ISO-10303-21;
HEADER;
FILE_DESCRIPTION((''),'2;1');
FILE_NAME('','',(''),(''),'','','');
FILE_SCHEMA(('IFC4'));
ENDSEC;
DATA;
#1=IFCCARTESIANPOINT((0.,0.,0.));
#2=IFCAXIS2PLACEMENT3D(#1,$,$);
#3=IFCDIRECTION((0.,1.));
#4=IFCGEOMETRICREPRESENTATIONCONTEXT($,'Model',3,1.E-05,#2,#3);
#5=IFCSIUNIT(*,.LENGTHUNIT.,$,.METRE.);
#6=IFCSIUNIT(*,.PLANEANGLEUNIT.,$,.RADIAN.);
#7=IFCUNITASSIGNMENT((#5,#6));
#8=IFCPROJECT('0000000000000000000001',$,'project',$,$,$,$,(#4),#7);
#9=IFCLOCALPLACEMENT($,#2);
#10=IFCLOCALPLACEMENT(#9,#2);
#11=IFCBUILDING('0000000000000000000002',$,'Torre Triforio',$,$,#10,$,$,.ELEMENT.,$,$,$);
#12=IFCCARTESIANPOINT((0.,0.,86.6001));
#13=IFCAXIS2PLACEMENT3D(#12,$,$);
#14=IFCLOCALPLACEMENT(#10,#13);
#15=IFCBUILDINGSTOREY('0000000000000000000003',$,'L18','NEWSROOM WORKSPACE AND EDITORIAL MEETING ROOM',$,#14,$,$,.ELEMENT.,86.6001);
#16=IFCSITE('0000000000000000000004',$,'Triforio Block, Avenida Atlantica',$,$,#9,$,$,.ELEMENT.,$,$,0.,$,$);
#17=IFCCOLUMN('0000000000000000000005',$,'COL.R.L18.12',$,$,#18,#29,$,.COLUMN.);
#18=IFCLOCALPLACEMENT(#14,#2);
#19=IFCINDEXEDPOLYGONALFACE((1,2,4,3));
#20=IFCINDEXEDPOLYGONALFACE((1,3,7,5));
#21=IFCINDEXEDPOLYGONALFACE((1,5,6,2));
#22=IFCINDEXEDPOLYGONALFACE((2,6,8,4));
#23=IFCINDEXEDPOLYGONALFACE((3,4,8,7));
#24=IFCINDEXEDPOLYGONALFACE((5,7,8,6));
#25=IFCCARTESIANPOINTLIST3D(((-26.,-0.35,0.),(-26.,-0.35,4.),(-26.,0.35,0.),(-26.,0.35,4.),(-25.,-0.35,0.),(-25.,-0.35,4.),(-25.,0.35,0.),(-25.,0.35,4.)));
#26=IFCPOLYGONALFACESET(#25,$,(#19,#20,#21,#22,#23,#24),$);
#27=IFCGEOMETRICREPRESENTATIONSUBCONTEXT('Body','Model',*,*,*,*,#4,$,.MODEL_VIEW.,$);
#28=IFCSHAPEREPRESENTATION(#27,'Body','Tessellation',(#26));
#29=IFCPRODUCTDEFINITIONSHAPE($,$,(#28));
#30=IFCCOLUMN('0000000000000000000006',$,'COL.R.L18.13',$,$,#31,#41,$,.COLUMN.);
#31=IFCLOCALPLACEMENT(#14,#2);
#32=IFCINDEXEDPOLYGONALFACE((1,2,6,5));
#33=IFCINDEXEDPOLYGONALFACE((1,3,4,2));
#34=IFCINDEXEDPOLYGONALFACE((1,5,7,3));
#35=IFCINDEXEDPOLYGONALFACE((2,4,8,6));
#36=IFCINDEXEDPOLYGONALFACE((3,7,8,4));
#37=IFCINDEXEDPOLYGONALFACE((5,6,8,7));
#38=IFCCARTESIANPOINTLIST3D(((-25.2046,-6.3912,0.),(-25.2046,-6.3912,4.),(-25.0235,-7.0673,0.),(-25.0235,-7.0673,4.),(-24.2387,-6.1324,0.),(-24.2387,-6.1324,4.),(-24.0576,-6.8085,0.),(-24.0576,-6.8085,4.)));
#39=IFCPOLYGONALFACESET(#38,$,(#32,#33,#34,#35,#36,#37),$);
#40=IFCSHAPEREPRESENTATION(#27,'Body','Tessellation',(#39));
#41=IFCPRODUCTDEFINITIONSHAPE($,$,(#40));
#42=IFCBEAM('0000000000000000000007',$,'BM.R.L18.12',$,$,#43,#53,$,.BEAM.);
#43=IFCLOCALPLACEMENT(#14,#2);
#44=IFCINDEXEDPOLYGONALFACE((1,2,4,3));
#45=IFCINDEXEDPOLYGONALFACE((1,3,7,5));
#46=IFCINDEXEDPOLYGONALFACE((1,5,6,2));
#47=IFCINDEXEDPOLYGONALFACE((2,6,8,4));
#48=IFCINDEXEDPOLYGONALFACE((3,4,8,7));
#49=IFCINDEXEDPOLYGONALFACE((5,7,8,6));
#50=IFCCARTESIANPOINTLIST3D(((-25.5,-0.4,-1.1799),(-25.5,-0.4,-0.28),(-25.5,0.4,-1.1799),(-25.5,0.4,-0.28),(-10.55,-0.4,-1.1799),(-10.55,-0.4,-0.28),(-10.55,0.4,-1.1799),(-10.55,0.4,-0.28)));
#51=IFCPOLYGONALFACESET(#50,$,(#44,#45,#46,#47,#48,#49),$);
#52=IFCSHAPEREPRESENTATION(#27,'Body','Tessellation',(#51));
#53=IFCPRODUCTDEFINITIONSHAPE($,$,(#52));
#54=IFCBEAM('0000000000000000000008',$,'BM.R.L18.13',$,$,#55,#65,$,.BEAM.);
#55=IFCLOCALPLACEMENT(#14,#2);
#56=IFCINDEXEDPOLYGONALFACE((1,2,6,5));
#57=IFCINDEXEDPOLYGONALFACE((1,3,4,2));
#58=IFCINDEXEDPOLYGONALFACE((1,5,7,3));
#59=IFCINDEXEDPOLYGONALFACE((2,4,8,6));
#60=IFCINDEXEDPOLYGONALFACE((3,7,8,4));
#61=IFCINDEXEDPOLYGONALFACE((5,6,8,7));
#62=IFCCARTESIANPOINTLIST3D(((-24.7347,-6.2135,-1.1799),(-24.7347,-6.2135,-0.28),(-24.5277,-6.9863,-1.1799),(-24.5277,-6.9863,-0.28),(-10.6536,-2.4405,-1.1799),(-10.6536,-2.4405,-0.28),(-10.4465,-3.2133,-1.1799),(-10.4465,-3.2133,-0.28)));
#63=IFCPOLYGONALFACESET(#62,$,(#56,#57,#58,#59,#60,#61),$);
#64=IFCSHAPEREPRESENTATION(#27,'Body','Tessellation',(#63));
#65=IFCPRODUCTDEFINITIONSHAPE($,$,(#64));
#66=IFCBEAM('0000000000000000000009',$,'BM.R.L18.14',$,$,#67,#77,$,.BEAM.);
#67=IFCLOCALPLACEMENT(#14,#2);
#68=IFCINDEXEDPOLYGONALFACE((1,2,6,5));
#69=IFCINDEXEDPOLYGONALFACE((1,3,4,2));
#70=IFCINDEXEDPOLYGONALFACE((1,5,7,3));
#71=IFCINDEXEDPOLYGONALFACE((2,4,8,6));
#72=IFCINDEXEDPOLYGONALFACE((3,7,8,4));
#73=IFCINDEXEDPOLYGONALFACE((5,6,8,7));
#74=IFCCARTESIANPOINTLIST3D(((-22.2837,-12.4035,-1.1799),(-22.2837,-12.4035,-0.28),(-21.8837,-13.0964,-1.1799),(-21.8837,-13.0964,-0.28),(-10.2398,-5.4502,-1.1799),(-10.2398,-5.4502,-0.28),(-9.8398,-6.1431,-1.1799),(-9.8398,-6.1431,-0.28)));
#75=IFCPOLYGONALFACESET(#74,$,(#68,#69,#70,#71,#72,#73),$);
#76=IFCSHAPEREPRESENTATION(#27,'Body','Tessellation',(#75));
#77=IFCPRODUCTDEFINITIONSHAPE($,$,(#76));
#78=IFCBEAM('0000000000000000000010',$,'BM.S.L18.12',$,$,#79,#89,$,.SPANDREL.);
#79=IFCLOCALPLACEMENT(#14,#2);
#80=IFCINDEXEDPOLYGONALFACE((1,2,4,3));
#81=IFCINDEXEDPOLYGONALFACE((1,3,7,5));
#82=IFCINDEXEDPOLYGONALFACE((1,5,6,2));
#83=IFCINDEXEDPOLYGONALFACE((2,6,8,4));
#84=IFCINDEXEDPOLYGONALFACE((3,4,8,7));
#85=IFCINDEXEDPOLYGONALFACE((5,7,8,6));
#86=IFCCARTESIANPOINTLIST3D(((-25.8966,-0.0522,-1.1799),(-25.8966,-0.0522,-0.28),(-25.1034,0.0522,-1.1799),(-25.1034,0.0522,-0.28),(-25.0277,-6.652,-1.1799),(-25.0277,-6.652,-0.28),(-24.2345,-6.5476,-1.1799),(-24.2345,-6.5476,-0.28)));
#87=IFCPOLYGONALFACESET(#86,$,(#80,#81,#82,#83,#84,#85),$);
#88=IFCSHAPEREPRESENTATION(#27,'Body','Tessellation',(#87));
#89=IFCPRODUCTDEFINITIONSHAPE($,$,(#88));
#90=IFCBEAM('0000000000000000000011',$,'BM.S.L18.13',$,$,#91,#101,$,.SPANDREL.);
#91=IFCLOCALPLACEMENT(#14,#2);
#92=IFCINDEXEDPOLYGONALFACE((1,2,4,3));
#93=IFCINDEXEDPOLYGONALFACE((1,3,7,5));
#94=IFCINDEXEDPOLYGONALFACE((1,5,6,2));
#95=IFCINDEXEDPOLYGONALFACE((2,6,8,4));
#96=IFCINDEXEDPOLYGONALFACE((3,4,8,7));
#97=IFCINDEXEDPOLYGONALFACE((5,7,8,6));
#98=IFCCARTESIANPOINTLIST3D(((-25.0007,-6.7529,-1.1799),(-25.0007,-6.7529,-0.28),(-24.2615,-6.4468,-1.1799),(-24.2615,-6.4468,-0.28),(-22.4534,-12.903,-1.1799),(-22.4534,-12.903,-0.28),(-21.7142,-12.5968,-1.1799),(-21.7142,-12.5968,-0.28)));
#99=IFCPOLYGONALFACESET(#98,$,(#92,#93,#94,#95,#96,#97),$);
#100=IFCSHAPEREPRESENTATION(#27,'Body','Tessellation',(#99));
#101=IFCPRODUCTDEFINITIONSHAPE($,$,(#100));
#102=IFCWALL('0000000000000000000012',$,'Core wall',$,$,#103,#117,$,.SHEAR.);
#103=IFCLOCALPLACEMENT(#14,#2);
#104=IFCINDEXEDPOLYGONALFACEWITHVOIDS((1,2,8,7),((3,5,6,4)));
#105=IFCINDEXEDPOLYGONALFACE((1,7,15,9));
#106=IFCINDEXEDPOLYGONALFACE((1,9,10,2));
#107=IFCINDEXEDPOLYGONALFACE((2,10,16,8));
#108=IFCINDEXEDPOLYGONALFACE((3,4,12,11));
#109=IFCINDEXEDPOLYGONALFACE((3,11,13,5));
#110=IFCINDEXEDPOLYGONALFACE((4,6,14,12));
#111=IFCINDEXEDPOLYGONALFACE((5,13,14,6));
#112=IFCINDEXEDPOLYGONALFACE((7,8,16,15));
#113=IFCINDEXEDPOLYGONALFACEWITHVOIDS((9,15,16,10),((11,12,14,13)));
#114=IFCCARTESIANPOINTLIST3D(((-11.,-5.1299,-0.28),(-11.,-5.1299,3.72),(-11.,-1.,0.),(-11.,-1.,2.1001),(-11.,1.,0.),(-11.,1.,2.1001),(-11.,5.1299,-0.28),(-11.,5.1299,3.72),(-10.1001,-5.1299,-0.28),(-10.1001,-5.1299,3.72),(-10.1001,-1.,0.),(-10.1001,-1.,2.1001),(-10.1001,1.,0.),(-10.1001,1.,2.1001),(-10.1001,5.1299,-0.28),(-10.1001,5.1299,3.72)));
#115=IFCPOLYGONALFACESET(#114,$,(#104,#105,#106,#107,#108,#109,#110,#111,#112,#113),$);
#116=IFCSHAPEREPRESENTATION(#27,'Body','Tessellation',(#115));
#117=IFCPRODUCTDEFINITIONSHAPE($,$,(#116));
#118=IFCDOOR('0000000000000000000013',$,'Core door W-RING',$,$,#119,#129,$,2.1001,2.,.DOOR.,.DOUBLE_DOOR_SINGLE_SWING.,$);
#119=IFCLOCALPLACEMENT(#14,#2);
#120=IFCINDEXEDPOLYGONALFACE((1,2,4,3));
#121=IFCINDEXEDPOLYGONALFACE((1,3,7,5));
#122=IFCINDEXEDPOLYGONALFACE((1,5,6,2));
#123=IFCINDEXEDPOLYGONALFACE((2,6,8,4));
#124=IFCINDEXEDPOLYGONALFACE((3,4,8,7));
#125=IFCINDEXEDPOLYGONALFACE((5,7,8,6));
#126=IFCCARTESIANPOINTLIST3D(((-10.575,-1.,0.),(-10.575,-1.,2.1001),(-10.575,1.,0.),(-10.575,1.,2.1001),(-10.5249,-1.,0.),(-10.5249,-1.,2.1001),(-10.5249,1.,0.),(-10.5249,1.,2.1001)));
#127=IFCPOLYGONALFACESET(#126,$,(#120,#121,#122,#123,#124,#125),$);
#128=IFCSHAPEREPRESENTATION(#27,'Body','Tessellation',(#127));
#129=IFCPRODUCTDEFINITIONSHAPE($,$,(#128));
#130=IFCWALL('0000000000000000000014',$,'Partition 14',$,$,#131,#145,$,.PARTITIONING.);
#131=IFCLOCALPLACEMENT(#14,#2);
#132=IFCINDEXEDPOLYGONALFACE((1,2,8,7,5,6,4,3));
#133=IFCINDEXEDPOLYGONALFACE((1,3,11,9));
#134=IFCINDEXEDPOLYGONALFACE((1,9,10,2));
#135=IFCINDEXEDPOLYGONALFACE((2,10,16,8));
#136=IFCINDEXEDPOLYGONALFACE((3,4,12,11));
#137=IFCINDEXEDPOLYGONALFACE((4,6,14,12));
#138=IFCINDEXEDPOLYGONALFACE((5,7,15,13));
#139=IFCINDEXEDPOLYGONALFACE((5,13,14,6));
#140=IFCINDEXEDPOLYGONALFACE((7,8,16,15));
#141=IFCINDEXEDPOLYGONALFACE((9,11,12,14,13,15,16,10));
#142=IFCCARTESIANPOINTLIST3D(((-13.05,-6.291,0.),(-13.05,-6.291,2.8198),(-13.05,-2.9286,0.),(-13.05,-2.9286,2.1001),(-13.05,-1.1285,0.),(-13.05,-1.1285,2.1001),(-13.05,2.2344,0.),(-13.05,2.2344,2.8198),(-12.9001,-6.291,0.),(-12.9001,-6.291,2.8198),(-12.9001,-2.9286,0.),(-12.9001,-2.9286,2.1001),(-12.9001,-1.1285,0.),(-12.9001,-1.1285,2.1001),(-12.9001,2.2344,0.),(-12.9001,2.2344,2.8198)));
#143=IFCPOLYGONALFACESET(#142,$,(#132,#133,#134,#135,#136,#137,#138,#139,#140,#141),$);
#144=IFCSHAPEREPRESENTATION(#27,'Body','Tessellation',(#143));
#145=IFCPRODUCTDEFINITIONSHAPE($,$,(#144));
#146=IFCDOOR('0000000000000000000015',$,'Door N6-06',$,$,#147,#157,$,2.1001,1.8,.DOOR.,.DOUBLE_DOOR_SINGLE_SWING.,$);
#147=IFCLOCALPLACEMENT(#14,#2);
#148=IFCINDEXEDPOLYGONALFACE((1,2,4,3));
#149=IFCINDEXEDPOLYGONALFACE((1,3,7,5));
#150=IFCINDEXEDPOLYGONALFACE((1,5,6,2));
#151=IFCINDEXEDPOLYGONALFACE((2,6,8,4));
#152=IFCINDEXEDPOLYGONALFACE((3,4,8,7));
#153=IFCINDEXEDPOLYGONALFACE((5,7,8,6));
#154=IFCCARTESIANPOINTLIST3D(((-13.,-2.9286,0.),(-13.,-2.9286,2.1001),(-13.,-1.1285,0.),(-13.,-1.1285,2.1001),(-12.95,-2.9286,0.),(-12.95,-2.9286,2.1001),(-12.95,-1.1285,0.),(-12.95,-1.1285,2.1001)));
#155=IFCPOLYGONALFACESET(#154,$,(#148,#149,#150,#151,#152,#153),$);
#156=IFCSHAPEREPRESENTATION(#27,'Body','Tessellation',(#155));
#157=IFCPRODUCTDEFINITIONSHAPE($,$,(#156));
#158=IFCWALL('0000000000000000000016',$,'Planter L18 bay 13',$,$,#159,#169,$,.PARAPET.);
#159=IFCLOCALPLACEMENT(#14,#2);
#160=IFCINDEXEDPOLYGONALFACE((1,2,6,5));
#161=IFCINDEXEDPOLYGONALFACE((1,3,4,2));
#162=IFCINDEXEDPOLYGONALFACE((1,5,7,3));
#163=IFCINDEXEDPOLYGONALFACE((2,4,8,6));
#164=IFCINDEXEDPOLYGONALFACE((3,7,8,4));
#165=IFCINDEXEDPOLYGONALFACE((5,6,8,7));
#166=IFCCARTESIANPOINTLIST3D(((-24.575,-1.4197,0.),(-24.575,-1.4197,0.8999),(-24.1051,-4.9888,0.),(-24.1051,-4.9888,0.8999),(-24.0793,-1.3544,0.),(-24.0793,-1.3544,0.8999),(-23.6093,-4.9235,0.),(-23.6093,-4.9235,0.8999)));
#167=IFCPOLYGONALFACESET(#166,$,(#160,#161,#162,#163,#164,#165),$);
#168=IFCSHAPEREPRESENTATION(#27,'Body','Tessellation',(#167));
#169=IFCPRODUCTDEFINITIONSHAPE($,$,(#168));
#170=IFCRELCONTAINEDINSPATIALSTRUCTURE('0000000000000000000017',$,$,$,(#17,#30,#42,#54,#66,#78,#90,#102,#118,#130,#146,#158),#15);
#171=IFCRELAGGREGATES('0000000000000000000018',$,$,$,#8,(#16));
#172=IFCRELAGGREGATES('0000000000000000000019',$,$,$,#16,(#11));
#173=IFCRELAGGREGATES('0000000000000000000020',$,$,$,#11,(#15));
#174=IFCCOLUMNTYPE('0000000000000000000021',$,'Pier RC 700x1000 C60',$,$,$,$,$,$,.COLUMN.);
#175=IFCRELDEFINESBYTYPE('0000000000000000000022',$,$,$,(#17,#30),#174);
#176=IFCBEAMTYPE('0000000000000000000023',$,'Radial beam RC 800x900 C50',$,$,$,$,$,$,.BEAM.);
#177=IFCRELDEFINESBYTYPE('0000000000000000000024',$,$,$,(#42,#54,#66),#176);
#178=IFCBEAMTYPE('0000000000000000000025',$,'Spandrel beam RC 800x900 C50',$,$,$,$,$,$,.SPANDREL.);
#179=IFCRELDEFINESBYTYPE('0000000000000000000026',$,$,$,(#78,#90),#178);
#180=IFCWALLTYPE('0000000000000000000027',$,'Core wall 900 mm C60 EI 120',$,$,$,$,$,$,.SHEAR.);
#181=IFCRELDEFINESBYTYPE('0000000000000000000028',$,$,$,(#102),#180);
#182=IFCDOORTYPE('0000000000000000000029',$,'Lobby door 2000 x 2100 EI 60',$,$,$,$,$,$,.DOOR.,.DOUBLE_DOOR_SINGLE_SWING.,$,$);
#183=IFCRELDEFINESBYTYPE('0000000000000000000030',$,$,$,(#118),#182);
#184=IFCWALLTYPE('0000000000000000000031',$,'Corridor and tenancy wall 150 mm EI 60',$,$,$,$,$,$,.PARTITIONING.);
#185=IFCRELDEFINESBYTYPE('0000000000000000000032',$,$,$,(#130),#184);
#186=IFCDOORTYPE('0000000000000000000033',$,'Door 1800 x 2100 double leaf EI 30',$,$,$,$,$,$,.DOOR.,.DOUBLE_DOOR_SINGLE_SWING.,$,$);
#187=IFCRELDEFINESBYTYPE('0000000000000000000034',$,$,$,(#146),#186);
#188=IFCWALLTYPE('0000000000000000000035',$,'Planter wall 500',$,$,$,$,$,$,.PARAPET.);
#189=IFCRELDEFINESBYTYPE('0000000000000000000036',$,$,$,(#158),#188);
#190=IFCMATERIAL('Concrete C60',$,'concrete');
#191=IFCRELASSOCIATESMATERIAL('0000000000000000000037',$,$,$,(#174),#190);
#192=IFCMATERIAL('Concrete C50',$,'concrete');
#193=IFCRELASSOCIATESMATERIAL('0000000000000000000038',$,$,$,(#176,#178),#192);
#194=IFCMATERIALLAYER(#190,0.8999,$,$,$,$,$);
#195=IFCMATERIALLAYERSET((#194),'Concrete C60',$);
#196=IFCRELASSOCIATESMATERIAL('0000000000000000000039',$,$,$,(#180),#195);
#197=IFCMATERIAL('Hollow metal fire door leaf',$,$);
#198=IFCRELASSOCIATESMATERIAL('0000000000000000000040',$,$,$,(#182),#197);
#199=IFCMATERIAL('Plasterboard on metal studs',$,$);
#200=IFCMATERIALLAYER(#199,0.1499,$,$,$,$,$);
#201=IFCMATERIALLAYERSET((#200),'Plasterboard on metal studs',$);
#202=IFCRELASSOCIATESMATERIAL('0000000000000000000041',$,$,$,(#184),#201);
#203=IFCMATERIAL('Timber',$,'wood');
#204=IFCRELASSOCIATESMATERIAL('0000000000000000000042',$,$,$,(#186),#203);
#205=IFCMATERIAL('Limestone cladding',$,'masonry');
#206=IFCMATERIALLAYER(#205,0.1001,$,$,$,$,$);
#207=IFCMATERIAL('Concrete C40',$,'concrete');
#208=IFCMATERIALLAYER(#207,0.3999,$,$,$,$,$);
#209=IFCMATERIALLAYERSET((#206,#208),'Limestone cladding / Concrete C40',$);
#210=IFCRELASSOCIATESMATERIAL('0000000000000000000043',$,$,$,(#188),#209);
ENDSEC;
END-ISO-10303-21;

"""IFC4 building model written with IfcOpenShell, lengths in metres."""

from ifc_helpers import new_model, si_unit, direction, frame, frame_2d, origin, origin_2d, place, context, subcontext, project, spatial, rectangle, extrude, material, layer, layer_set, material_profile, profile_set, type_object, element, fill, save


model = new_model("IFC4")

# Units and contexts
model_context = context("Model", 3, precision=1e-05, world=origin(), true_north=direction((0.0, 1.0)))
body_context = subcontext(model_context, "Body", "Model", "MODEL_VIEW")
ifc_project = project(units=[si_unit("LENGTHUNIT", "METRE"), si_unit("PLANEANGLEUNIT", "RADIAN")], contexts=[model_context])

# Site, building, storey
site_placement = place(None, origin())
site = spatial("IfcSite", under=ifc_project, at=site_placement, Name="Triforio Block, Avenida Atlantica", CompositionType="ELEMENT", RefElevation=0.0)
building_placement = place(site_placement, origin())
building = spatial("IfcBuilding", under=site, at=building_placement, Name="Torre Triforio", CompositionType="ELEMENT")
storey_placement = place(building_placement, frame((0.0, 0.0, 86.6001)))
storey = spatial("IfcBuildingStorey", under=building, at=storey_placement, Name="L18", Description="NEWSROOM WORKSPACE AND EDITORIAL MEETING ROOM", CompositionType="ELEMENT", Elevation=86.6001)

# Columns
ifc_material_1 = material(Name="Concrete C60", Category="concrete")
ifc_material_profile_1 = material_profile(ifc_material_1, rectangle(XDim=0.7, YDim=1.0, at=origin_2d()), Name="RC 700x1000")
ifc_profile_set_1 = profile_set([ifc_material_profile_1], Name="Concrete C60")
column_type = type_object("IfcColumnType", Name="Pier RC 700x1000 C60", PredefinedType="COLUMN", material=ifc_profile_set_1)
for number, where, z_axis, x_axis, name in (
    (1, (-25.5, 0.0, 0.0), (0.0, 0.0, 1.0), (0.0, -1.0, 0.0), "COL.R.L18.12"),
    (2, (-24.6311, -6.5999, 0.0), (0.0, 0.0, 1.0), (0.258819, -0.965926, 0.0), "COL.R.L18.13"),
):
    element("IfcColumn", number, at=place(storey_placement, frame(where, z_axis=z_axis, x_axis=x_axis)), inside=storey, type_object=column_type, Name=name, PredefinedType="COLUMN", context=body_context, shape_type="SweptSolid", body=[
        extrude(rectangle(XDim=0.7, YDim=1.0, at=origin_2d()), origin(), (0.0, 0.0, 1.0), 4.0),
    ])

# Beams
ifc_material_2 = material(Name="Concrete C50", Category="concrete")
ifc_material_profile_2 = material_profile(ifc_material_2, rectangle(XDim=0.8, YDim=0.8999, at=origin_2d()), Name="RC 800x900")
ifc_profile_set_2 = profile_set([ifc_material_profile_2], Name="Concrete C50")
beam_type_1 = type_object("IfcBeamType", Name="Radial beam RC 800x900 C50", PredefinedType="BEAM", material=ifc_profile_set_2)
beam_1_placement = place(storey_placement, frame((-10.55, 0.0, -0.73), z_axis=(-1.0, 0.0, 0.0), x_axis=(0.0, -1.0, 0.0)))
element("IfcBeam", 3, at=beam_1_placement, inside=storey, type_object=beam_type_1, Name="BM.R.L18.12", PredefinedType="BEAM", context=body_context, shape_type="SweptSolid", body=[
    extrude(rectangle(XDim=0.8, YDim=0.8999, at=origin_2d()), origin(), (0.0, 0.0, 1.0), 14.95),
])
beam_2_placement = place(storey_placement, frame((-10.55, -2.8269, -0.73), z_axis=(-0.965927, -0.258815, 0.0), x_axis=(0.258815, -0.965927, 0.0)))
element("IfcBeam", 4, at=beam_2_placement, inside=storey, type_object=beam_type_1, Name="BM.R.L18.13", PredefinedType="BEAM", context=body_context, shape_type="SweptSolid", body=[
    extrude(rectangle(XDim=0.8, YDim=0.8999, at=origin_2d()), origin(), (0.0, 0.0, 1.0), 14.5779),
])
beam_3_placement = place(storey_placement, frame((-10.0398, -5.7966, -0.73), z_axis=(-0.866032, -0.499989, 0.0), x_axis=(0.499989, -0.866032, 0.0)))
element("IfcBeam", 5, at=beam_3_placement, inside=storey, type_object=beam_type_1, Name="BM.R.L18.14", PredefinedType="BEAM", context=body_context, shape_type="SweptSolid", body=[
    extrude(rectangle(XDim=0.8, YDim=0.8999, at=origin_2d()), origin(), (0.0, 0.0, 1.0), 13.907),
])
ifc_material_profile_3 = material_profile(ifc_material_2, rectangle(XDim=0.8, YDim=0.8999, at=origin_2d()), Name="RC 800x900")
ifc_profile_set_3 = profile_set([ifc_material_profile_3], Name="Concrete C50")
beam_type_2 = type_object("IfcBeamType", Name="Spandrel beam RC 800x900 C50", PredefinedType="SPANDREL", material=ifc_profile_set_3)
for number, where, z_axis, x_axis, name in (
    (6, (-25.5, 0.0, -0.73), (0.130528, -0.991445, 0.0), (0.991445, 0.130528, 0.0), "BM.S.L18.12"),
    (7, (-24.6311, -6.5999, -0.73), (0.382669, -0.923885, 0.0), (0.923885, 0.382669, 0.0), "BM.S.L18.13"),
):
    element("IfcBeam", number, at=place(storey_placement, frame(where, z_axis=z_axis, x_axis=x_axis)), inside=storey, type_object=beam_type_2, Name=name, PredefinedType="SPANDREL", context=body_context, shape_type="SweptSolid", body=[
        extrude(rectangle(XDim=0.8, YDim=0.8999, at=origin_2d()), origin(), (0.0, 0.0, 1.0), 6.6567),
    ])

# Walls, openings, doors
ifc_layer_1 = layer(ifc_material_1, 0.8999)
ifc_layer_set_1 = layer_set([ifc_layer_1], Name="Concrete C60")
wall_type_1 = type_object("IfcWallType", Name="Core wall 900 mm C60 EI 120", PredefinedType="SHEAR", material=ifc_layer_set_1)
wall_1_placement = place(storey_placement, frame((-10.55, -5.1299, -0.28), z_axis=(0.0, 0.0, 1.0), x_axis=(0.0, 1.0, 0.0)))
wall_1 = element("IfcWall", 8, at=wall_1_placement, inside=storey, type_object=wall_type_1, Name="Core wall", PredefinedType="SHEAR", context=body_context, shape_type="SweptSolid", body=[
    extrude(rectangle(XDim=10.2598, YDim=0.8999, at=frame_2d((5.1299, 0.0))), origin(), (0.0, 0.0, 1.0), 4.0),
])
opening_1_placement = place(wall_1_placement, frame((4.1299, 0.0, 0.28)))
opening_1 = element("IfcOpeningElement", 9, at=opening_1_placement, cuts=wall_1, PredefinedType="OPENING", context=body_context, shape_type="SweptSolid", body=[
    extrude(rectangle(XDim=2.0, YDim=2.1001, at=frame_2d((1.0, 1.05))), frame((0.0, 0.46, 0.0), z_axis=(0.0, -1.0, 0.0), x_axis=(1.0, 0.0, 0.0)), (0.0, 0.0, 1.0), 0.9199),
])
ifc_material_3 = material(Name="Hollow metal fire door leaf")
door_type_1 = type_object("IfcDoorType", Name="Lobby door 2000 x 2100 EI 60", OperationType="DOUBLE_DOOR_SINGLE_SWING", PredefinedType="DOOR", material=ifc_material_3)
door_1_placement = place(opening_1_placement, origin())
door_1 = element("IfcDoor", 10, at=door_1_placement, inside=storey, type_object=door_type_1, Name="Core door W-RING", OperationType="DOUBLE_DOOR_SINGLE_SWING", OverallHeight=2.1001, OverallWidth=2.0, PredefinedType="DOOR", context=body_context, shape_type="SweptSolid", body=[
    extrude(rectangle(XDim=2.0, YDim=2.1001, at=frame_2d((1.0, 1.05))), frame((0.0, 0.0249, 0.0), z_axis=(0.0, -1.0, 0.0), x_axis=(1.0, 0.0, 0.0)), (0.0, 0.0, 1.0), 0.05),
])
fill(opening_1, door_1)
ifc_material_4 = material(Name="Plasterboard on metal studs")
ifc_layer_2 = layer(ifc_material_4, 0.1499)
ifc_layer_set_2 = layer_set([ifc_layer_2], Name="Plasterboard on metal studs")
wall_type_2 = type_object("IfcWallType", Name="Corridor and tenancy wall 150 mm EI 60", PredefinedType="PARTITIONING", material=ifc_layer_set_2)
wall_2_placement = place(storey_placement, frame((-12.9751, -6.291, 0.0), z_axis=(0.0, 0.0, 1.0), x_axis=(0.0, 1.0, 0.0)))
wall_2 = element("IfcWall", 11, at=wall_2_placement, inside=storey, type_object=wall_type_2, Name="Partition 14", PredefinedType="PARTITIONING", context=body_context, shape_type="SweptSolid", body=[
    extrude(rectangle(XDim=8.5254, YDim=0.1499, at=frame_2d((4.2627, 0.0))), origin(), (0.0, 0.0, 1.0), 2.8198),
])
opening_2_placement = place(wall_2_placement, frame((3.3625, 0.0, 0.0)))
opening_2 = element("IfcOpeningElement", 12, at=opening_2_placement, cuts=wall_2, PredefinedType="OPENING", context=body_context, shape_type="SweptSolid", body=[
    extrude(rectangle(XDim=1.8, YDim=2.1001, at=frame_2d((0.8999, 1.05))), frame((0.0, 0.085, 0.0), z_axis=(0.0, -1.0, 0.0), x_axis=(1.0, 0.0, 0.0)), (0.0, 0.0, 1.0), 0.1699),
])
ifc_material_5 = material(Name="Timber", Category="wood")
door_type_2 = type_object("IfcDoorType", Name="Door 1800 x 2100 double leaf EI 30", OperationType="DOUBLE_DOOR_SINGLE_SWING", PredefinedType="DOOR", material=ifc_material_5)
door_2_placement = place(opening_2_placement, origin())
door_2 = element("IfcDoor", 13, at=door_2_placement, inside=storey, type_object=door_type_2, Name="Door N6-06", OperationType="DOUBLE_DOOR_SINGLE_SWING", OverallHeight=2.1001, OverallWidth=1.8, PredefinedType="DOOR", context=body_context, shape_type="SweptSolid", body=[
    extrude(rectangle(XDim=1.8, YDim=2.1001, at=frame_2d((0.8999, 1.05))), frame((0.0, 0.0249, 0.0), z_axis=(0.0, -1.0, 0.0), x_axis=(1.0, 0.0, 0.0)), (0.0, 0.0, 1.0), 0.05),
])
fill(opening_2, door_2)

# Wall
ifc_material_6 = material(Name="Limestone cladding", Category="masonry")
ifc_layer_3 = layer(ifc_material_6, 0.1001)
ifc_material_7 = material(Name="Concrete C40", Category="concrete")
ifc_layer_4 = layer(ifc_material_7, 0.3999)
ifc_layer_set_3 = layer_set([ifc_layer_3, ifc_layer_4], Name="Limestone cladding / Concrete C40")
wall_type_3 = type_object("IfcWallType", Name="Planter wall 500", PredefinedType="PARAPET", material=ifc_layer_set_3)
wall_3_placement = place(storey_placement, frame((-24.3271, -1.3872, 0.0), z_axis=(0.0, 0.0, 1.0), x_axis=(0.130551, -0.991442, 0.0)))
element("IfcWall", 14, at=wall_3_placement, inside=storey, type_object=wall_type_3, Name="Planter L18 bay 13", PredefinedType="PARAPET", context=body_context, shape_type="SweptSolid", body=[
    extrude(rectangle(XDim=3.5999, YDim=0.5, at=frame_2d((1.7998, 0.0))), origin(), (0.0, 0.0, 1.0), 0.8999),
])

save(model, "model.ifc")
